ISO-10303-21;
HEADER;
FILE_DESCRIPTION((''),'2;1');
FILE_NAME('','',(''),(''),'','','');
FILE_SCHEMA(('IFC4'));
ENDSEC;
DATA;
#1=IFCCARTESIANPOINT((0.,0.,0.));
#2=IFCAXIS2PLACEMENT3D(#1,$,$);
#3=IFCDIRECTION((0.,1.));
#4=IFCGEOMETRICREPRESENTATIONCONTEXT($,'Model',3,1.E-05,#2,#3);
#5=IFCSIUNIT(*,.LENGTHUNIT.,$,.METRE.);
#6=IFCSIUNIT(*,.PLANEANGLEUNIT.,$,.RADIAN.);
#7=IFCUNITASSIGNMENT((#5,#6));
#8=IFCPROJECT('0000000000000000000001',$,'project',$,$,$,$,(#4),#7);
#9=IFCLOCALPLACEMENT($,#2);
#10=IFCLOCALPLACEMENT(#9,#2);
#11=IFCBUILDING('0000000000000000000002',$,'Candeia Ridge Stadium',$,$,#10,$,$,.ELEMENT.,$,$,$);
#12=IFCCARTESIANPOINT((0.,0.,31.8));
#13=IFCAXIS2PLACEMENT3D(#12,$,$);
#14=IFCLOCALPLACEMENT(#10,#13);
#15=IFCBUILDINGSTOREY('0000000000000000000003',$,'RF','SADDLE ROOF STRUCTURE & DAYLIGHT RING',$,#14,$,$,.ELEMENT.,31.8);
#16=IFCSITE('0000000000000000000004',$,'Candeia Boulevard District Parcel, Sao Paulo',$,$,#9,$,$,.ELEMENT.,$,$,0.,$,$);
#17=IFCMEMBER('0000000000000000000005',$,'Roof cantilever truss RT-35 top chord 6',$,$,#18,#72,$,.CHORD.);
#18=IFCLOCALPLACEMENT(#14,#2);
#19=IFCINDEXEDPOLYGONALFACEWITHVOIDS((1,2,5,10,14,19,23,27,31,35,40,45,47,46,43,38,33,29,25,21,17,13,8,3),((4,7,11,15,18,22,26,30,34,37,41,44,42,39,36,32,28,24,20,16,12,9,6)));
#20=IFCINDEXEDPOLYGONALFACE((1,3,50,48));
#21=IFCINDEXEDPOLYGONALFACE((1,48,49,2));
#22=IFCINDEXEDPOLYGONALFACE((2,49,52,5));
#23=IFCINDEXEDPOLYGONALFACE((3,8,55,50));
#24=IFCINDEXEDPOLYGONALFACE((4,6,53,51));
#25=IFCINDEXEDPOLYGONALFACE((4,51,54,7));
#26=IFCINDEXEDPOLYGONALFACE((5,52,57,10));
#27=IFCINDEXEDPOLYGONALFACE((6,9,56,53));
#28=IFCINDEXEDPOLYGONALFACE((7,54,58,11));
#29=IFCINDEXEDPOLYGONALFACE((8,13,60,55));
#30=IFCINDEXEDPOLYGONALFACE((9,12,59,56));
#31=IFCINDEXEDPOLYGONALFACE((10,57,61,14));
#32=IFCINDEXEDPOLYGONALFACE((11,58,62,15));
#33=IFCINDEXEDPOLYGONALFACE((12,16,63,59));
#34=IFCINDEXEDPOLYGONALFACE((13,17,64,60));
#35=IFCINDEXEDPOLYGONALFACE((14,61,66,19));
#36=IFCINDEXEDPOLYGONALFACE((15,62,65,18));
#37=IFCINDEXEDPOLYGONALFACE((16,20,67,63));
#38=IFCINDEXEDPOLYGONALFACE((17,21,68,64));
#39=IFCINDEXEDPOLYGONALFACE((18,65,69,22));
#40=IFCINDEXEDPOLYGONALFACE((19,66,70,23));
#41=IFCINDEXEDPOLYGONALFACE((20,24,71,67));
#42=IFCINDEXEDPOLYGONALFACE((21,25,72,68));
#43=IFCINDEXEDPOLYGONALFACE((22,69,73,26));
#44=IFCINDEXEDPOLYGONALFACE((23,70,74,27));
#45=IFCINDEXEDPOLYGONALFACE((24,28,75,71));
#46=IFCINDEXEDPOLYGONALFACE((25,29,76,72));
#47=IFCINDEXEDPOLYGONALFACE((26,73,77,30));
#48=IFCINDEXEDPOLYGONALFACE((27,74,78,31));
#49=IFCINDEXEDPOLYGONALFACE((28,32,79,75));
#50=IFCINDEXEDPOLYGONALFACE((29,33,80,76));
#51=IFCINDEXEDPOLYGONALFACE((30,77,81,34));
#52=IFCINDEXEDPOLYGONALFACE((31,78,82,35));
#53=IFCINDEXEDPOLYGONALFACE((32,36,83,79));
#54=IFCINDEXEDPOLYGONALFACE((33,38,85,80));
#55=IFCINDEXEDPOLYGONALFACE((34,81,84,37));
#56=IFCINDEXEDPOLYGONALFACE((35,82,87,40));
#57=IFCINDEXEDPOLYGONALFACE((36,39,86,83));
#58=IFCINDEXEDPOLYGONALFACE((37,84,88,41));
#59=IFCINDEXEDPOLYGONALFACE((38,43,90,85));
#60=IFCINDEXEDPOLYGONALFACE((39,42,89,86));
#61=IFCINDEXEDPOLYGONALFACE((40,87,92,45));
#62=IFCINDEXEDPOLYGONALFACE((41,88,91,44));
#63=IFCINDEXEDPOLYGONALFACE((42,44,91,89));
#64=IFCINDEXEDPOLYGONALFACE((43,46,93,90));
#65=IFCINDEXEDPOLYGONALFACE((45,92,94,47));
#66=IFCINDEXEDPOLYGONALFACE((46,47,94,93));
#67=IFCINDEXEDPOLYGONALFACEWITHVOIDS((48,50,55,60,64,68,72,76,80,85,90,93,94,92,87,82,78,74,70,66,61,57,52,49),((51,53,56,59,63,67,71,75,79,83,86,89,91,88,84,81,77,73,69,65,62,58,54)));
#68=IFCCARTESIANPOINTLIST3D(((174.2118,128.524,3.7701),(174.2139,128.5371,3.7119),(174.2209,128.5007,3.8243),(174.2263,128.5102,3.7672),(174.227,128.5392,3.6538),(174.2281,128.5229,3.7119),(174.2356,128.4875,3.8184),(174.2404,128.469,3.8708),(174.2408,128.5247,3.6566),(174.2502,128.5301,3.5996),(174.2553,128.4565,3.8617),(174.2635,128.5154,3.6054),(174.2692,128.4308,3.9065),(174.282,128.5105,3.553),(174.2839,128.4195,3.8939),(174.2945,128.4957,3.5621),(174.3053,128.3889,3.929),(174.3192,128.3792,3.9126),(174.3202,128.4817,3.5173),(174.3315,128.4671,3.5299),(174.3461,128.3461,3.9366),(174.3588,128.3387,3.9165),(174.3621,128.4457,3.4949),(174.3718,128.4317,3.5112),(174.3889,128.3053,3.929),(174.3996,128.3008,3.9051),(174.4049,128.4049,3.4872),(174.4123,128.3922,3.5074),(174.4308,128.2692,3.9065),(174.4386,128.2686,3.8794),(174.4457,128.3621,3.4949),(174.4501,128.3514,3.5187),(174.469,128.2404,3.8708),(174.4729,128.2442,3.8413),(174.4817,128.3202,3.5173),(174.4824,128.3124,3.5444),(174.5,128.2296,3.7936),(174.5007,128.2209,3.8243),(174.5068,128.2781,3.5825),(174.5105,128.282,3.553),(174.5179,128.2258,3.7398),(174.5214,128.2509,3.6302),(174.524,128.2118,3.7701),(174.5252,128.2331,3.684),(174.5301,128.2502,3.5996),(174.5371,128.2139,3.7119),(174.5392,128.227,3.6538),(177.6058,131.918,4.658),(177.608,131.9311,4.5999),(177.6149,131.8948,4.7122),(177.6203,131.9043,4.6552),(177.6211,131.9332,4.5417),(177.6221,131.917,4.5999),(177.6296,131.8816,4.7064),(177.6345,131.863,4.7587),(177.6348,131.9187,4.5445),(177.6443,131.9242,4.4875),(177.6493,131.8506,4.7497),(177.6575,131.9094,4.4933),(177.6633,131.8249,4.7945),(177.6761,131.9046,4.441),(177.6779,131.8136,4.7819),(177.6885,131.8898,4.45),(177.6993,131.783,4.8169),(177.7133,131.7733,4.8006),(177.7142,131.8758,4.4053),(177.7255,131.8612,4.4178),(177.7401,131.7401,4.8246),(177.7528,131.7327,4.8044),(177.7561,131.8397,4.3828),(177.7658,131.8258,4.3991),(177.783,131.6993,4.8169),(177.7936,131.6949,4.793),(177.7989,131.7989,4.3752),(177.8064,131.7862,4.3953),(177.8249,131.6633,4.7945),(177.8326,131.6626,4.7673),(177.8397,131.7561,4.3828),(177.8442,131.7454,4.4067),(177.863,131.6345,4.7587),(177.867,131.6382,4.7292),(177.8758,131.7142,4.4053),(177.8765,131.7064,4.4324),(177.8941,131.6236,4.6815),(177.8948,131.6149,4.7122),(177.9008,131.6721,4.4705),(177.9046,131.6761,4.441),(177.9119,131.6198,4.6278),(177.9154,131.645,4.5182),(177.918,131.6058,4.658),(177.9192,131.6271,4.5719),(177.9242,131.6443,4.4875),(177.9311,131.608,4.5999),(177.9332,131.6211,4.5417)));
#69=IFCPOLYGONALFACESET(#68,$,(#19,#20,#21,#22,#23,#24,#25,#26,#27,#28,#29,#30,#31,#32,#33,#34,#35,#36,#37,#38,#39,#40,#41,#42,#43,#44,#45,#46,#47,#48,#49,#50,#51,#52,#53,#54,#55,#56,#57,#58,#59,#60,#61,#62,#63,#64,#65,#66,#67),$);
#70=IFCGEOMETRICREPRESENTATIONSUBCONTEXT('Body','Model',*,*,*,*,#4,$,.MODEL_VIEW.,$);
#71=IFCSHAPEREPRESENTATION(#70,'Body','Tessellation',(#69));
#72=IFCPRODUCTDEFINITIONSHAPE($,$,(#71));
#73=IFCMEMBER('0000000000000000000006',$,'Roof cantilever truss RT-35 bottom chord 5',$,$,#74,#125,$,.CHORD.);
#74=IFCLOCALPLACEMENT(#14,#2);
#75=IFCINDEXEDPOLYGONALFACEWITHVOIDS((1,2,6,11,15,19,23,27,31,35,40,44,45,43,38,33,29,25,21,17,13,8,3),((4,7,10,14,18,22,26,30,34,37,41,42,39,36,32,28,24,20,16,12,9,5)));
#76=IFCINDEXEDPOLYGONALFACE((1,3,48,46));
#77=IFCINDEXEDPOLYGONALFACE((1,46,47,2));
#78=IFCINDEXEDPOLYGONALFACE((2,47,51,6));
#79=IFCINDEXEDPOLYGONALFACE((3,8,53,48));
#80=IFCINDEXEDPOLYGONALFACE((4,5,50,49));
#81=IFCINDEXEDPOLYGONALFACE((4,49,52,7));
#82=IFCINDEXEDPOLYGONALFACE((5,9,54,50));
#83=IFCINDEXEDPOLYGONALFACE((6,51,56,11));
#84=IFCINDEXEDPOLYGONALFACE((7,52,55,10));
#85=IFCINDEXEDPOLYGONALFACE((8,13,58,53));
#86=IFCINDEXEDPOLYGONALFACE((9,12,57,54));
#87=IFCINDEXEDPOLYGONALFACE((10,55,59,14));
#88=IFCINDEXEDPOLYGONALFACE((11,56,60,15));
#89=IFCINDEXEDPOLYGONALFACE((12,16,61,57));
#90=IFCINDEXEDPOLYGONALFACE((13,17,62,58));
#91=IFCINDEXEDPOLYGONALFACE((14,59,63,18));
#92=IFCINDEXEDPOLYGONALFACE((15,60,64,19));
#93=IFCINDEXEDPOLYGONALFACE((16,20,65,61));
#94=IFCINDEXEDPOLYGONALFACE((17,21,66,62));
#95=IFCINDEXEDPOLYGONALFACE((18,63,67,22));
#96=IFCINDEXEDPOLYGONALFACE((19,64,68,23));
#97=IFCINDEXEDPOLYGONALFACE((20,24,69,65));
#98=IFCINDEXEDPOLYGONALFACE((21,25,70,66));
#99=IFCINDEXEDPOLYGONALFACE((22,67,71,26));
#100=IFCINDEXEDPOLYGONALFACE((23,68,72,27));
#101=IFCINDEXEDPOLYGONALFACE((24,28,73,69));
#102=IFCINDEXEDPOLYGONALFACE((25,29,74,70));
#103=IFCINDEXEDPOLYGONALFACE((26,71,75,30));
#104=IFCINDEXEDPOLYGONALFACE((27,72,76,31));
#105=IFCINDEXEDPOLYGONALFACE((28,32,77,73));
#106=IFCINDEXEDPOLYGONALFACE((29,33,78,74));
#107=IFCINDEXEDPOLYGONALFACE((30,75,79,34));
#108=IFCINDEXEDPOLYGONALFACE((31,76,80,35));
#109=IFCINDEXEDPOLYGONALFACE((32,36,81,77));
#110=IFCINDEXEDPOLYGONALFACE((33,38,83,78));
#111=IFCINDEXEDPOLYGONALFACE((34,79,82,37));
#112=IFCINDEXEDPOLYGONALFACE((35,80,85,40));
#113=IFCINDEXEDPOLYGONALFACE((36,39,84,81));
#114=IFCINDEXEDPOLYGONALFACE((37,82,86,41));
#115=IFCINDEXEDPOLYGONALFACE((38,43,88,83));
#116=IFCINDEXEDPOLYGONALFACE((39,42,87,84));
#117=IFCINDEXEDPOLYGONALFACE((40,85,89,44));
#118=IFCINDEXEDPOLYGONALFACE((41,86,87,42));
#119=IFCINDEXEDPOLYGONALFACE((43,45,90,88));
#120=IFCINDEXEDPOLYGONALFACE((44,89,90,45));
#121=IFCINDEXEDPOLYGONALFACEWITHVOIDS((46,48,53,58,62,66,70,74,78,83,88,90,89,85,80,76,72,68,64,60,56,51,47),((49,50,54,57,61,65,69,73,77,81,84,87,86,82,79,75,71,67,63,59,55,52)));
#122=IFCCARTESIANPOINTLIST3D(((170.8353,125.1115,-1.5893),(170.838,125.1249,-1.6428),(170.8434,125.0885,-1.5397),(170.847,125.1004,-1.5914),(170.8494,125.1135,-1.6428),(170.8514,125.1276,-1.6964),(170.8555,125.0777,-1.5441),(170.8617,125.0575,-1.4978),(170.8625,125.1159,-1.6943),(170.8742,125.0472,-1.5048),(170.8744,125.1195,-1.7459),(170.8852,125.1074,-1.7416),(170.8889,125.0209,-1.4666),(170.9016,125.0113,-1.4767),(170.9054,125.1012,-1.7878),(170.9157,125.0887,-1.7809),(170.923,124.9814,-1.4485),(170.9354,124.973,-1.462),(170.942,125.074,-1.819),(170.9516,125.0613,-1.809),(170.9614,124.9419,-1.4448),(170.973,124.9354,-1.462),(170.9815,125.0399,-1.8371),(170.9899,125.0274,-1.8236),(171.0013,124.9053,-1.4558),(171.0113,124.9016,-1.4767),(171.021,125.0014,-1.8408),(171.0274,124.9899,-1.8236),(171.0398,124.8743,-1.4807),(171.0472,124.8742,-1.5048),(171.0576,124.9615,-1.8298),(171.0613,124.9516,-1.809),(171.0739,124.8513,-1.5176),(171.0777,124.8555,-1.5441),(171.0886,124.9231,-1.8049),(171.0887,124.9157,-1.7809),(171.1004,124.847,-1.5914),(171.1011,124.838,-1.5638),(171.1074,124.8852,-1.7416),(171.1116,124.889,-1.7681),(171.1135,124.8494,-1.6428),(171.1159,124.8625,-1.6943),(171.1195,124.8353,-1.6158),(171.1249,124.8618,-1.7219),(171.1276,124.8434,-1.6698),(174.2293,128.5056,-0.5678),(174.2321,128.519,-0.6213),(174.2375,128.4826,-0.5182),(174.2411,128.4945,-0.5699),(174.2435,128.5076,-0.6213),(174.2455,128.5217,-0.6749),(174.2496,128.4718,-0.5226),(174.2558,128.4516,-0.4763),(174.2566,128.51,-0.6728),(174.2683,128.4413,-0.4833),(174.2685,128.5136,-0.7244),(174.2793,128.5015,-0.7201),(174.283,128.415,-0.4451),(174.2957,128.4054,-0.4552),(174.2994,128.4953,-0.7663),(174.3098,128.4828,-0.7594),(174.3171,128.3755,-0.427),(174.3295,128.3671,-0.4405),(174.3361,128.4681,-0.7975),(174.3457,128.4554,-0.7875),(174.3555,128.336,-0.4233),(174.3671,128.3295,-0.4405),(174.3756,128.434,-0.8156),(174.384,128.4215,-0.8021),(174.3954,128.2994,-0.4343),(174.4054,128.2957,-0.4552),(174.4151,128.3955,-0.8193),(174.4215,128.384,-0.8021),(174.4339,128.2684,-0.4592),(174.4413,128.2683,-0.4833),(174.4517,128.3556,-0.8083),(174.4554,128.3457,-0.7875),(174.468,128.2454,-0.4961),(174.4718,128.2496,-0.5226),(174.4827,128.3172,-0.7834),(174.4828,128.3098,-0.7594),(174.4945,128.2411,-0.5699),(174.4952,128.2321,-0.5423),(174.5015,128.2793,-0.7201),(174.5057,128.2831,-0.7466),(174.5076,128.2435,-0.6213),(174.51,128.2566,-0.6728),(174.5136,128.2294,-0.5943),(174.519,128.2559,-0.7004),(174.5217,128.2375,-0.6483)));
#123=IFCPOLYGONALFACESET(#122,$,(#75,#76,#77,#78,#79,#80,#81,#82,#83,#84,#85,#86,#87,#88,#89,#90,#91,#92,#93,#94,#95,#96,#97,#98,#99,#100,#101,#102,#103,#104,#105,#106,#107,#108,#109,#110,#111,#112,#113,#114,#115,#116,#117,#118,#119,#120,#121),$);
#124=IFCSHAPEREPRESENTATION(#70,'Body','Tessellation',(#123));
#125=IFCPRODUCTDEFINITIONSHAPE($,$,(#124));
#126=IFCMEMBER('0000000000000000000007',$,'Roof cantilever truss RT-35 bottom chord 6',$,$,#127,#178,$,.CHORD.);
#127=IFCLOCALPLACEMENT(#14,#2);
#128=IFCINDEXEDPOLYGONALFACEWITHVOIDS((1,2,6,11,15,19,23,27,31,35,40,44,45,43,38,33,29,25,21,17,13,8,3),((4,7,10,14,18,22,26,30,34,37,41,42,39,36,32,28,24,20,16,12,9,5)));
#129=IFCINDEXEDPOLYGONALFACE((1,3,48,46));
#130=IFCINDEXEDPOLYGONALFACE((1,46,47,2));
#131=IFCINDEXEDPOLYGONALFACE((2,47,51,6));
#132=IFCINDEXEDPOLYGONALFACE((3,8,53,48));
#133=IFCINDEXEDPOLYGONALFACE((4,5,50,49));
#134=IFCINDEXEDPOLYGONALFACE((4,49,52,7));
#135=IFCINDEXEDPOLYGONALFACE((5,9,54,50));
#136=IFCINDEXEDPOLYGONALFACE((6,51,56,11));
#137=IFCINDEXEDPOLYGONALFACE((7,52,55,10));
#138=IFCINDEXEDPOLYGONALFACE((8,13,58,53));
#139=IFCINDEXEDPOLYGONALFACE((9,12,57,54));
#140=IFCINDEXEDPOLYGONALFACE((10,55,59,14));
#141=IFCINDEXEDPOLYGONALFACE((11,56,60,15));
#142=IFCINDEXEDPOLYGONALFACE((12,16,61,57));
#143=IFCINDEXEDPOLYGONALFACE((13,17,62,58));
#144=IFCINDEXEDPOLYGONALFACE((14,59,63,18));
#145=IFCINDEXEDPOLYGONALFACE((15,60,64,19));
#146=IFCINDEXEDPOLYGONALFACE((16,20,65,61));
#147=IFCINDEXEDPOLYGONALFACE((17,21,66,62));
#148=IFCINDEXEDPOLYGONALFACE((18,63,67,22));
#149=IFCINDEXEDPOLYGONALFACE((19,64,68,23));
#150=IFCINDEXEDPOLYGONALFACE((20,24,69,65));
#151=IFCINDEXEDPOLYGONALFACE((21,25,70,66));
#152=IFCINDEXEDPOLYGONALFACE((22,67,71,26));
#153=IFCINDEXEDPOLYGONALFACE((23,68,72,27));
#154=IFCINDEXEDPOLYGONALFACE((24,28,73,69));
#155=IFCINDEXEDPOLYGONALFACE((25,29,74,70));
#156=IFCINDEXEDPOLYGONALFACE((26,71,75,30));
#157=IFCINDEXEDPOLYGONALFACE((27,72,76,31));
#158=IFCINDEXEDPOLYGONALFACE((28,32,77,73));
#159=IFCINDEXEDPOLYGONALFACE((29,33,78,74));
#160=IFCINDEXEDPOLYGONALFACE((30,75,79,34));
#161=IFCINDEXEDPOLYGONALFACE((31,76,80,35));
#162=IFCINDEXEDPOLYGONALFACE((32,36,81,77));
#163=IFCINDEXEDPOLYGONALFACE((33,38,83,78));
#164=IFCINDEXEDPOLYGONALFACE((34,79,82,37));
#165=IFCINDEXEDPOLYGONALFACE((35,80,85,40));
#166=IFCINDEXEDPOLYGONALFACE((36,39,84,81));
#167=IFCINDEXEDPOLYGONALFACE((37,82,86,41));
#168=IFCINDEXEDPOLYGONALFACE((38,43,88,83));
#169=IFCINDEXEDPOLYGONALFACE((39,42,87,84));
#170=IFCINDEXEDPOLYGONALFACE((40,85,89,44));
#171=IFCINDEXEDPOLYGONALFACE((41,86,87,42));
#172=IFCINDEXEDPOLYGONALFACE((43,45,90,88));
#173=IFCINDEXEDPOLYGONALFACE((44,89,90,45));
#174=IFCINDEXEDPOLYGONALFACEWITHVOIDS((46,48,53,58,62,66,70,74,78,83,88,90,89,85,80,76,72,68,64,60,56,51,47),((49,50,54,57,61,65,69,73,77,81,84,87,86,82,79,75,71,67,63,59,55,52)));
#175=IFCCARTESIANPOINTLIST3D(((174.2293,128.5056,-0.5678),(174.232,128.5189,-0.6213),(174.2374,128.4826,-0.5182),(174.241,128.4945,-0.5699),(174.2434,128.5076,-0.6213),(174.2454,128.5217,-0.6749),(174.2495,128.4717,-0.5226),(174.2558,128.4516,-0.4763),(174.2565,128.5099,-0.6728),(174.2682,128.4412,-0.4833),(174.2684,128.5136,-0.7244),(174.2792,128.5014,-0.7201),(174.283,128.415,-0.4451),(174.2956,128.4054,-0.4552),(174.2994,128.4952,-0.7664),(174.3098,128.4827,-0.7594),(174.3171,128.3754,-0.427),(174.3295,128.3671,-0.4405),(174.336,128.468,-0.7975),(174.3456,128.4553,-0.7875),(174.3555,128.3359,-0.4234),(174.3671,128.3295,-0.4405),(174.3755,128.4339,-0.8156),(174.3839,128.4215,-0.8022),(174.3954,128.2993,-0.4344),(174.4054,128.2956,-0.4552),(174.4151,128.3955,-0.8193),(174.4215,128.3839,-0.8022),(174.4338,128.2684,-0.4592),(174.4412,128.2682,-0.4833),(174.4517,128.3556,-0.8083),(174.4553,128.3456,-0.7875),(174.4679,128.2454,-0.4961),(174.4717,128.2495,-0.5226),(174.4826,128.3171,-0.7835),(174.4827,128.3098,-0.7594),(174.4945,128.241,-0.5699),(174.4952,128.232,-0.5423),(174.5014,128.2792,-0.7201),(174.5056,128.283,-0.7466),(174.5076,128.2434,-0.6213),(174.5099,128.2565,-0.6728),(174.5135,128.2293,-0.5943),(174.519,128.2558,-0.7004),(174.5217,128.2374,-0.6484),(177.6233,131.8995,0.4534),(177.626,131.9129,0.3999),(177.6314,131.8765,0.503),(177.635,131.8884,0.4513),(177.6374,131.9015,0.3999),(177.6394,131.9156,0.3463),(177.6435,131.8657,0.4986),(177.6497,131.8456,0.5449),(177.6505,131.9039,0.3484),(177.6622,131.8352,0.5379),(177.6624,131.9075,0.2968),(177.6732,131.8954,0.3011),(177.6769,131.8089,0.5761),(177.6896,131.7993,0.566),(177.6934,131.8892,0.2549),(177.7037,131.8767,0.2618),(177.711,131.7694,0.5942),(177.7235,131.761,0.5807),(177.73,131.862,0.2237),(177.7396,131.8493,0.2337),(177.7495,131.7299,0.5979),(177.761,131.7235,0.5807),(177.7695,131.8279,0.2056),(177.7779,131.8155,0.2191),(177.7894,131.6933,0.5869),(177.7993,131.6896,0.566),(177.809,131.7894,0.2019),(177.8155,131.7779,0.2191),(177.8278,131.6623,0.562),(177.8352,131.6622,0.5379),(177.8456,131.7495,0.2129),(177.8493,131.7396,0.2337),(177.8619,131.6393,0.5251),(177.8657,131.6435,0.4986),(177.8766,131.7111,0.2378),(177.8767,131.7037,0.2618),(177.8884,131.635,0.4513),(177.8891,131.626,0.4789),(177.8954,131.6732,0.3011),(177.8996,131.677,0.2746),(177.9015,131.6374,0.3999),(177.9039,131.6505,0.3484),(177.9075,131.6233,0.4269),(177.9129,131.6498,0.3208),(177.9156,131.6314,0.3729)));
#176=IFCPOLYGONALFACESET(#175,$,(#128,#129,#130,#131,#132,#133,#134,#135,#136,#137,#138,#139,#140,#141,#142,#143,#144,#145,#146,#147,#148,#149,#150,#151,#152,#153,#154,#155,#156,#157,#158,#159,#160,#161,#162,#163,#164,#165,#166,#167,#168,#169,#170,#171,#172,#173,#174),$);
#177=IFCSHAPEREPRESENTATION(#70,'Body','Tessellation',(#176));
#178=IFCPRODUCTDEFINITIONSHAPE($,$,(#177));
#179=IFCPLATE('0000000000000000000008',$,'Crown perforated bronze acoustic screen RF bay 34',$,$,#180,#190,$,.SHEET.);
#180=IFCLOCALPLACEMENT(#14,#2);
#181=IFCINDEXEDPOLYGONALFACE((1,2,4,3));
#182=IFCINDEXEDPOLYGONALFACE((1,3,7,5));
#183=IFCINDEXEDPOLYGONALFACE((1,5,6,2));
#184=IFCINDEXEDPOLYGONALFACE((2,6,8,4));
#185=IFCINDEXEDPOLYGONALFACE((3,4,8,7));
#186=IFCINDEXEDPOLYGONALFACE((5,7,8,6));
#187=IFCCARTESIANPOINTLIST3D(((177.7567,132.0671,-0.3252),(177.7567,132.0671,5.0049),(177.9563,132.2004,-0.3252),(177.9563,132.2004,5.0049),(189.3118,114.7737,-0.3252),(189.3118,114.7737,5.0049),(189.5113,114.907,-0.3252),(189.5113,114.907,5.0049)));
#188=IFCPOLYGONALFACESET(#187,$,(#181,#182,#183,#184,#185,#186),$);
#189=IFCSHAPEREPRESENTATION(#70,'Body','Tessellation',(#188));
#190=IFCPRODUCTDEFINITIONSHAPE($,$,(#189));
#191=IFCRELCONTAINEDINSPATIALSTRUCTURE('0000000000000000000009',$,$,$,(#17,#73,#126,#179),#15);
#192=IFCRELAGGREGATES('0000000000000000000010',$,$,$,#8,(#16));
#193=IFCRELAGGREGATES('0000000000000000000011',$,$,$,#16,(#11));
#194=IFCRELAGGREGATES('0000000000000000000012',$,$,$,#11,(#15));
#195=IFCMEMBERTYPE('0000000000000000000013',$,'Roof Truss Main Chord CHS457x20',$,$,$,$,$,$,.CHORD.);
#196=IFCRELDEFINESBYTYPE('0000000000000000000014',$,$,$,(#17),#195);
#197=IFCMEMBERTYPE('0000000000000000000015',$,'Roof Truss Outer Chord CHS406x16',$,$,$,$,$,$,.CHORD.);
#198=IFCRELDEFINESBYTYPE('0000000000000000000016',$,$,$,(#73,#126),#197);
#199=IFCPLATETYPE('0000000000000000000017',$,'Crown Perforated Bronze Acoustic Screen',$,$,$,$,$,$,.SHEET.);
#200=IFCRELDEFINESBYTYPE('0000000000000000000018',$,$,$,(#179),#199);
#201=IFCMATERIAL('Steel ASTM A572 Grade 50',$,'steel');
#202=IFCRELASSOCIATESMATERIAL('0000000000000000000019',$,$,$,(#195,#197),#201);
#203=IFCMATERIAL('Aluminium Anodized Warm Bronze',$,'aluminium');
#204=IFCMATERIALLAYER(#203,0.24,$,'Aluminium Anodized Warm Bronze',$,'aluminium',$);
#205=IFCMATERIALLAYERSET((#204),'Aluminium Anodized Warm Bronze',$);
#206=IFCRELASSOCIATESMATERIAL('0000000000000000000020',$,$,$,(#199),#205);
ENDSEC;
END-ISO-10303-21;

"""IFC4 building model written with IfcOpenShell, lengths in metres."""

from ifc_helpers import new_model, si_unit, direction, frame, origin, origin_2d, place, context, subcontext, project, spatial, rectangle, hollow_circle, extrude, material, layer, layer_set, material_profile, profile_set, type_object, element, save


model = new_model("IFC4")

# Units and contexts
model_context = context("Model", 3, precision=1e-05, world=origin(), true_north=direction((0.0, 1.0)))
body_context = subcontext(model_context, "Body", "Model", "MODEL_VIEW")
ifc_project = project(units=[si_unit("LENGTHUNIT", "METRE"), si_unit("PLANEANGLEUNIT", "RADIAN")], contexts=[model_context])

# Site, building, storey
site_placement = place(None, origin())
site = spatial("IfcSite", under=ifc_project, at=site_placement, Name="Candeia Boulevard District Parcel, Sao Paulo", CompositionType="ELEMENT", RefElevation=0.0)
building_placement = place(site_placement, origin())
building = spatial("IfcBuilding", under=site, at=building_placement, Name="Candeia Ridge Stadium", CompositionType="ELEMENT")
storey_placement = place(building_placement, frame((0.0, 0.0, 31.8)))
storey = spatial("IfcBuildingStorey", under=building, at=storey_placement, Name="RF", Description="SADDLE ROOF STRUCTURE & DAYLIGHT RING", CompositionType="ELEMENT", Elevation=31.8)

# Shared definitions
ifc_material_1 = material(Name="Steel ASTM A572 Grade 50", Category="steel")

# Members
ifc_material_profile_1 = material_profile(ifc_material_1, hollow_circle(Radius=0.2285, WallThickness=0.02, at=origin_2d()), Name="CHS457x20", Category="steel")
ifc_profile_set_1 = profile_set([ifc_material_profile_1], Name="Steel ASTM A572 Grade 50")
member_type_1 = type_object("IfcMemberType", Name="Roof Truss Main Chord CHS457x20", PredefinedType="CHORD", material=ifc_profile_set_1)
for number, where, z_axis, x_axis, name in (
    (1, (174.3755, 128.3755, 3.7119), (0.69531, 0.69531, 0.181905), (-0.707107, 0.707107, 0.0), "Roof cantilever truss RT-35 top chord 6"),
):
    element("IfcMember", number, at=place(storey_placement, frame(where, z_axis=z_axis, x_axis=x_axis)), inside=storey, type_object=member_type_1, Name=name, PredefinedType="CHORD", context=body_context, shape_type="SweptSolid", body=[
        extrude(hollow_circle(Radius=0.2285, WallThickness=0.02, at=origin_2d()), origin(), (0.0, 0.0, 1.0), 4.8813),
    ])
ifc_material_profile_2 = material_profile(ifc_material_1, hollow_circle(Radius=0.2029, WallThickness=0.0161, at=origin_2d()), Name="CHS406x16", Category="steel")
ifc_profile_set_2 = profile_set([ifc_material_profile_2], Name="Steel ASTM A572 Grade 50")
member_type_2 = type_object("IfcMemberType", Name="Roof Truss Outer Chord CHS406x16", PredefinedType="CHORD", material=ifc_profile_set_2)
member_1_placement = place(storey_placement, frame((170.9814, 124.9814, -1.6428), z_axis=(0.691619, 0.691619, 0.208152), x_axis=(-0.707107, 0.707107, 0.0)))
element("IfcMember", 2, at=member_1_placement, inside=storey, type_object=member_type_2, Name="Roof cantilever truss RT-35 bottom chord 5", PredefinedType="CHORD", context=body_context, shape_type="SweptSolid", body=[
    extrude(hollow_circle(Radius=0.2029, WallThickness=0.0161, at=origin_2d()), origin(), (0.0, 0.0, 1.0), 4.9075),
])
member_2_placement = place(storey_placement, frame((174.3755, 128.3755, -0.6213), z_axis=(0.691626, 0.691626, 0.208105), x_axis=(-0.707107, 0.707107, 0.0)))
element("IfcMember", 3, at=member_2_placement, inside=storey, type_object=member_type_2, Name="Roof cantilever truss RT-35 bottom chord 6", PredefinedType="CHORD", context=body_context, shape_type="SweptSolid", body=[
    extrude(hollow_circle(Radius=0.2029, WallThickness=0.0161, at=origin_2d()), origin(), (0.0, 0.0, 1.0), 4.9072),
])

# Plate
ifc_material_2 = material(Name="Aluminium Anodized Warm Bronze", Category="aluminium")
ifc_layer_1 = layer(ifc_material_2, 0.24, Name="Aluminium Anodized Warm Bronze", Category="aluminium")
ifc_layer_set_1 = layer_set([ifc_layer_1], Name="Aluminium Anodized Warm Bronze")
plate_type_1 = type_object("IfcPlateType", Name="Crown Perforated Bronze Acoustic Screen", PredefinedType="SHEET", material=ifc_layer_set_1)
plate_1_placement = place(storey_placement, frame((183.634, 123.4871, -0.3252), z_axis=(0.0, 0.0, 1.0), x_axis=(-0.55557, 0.83147, 0.0)))
element("IfcPlate", 4, at=plate_1_placement, inside=storey, type_object=plate_type_1, Name="Crown perforated bronze acoustic screen RF bay 34", PredefinedType="SHEET", context=body_context, shape_type="SweptSolid", body=[
    extrude(rectangle(XDim=20.7986, YDim=0.24, at=origin_2d()), origin(), (0.0, 0.0, 1.0), 5.3301),
])

save(model, "model.ifc")
